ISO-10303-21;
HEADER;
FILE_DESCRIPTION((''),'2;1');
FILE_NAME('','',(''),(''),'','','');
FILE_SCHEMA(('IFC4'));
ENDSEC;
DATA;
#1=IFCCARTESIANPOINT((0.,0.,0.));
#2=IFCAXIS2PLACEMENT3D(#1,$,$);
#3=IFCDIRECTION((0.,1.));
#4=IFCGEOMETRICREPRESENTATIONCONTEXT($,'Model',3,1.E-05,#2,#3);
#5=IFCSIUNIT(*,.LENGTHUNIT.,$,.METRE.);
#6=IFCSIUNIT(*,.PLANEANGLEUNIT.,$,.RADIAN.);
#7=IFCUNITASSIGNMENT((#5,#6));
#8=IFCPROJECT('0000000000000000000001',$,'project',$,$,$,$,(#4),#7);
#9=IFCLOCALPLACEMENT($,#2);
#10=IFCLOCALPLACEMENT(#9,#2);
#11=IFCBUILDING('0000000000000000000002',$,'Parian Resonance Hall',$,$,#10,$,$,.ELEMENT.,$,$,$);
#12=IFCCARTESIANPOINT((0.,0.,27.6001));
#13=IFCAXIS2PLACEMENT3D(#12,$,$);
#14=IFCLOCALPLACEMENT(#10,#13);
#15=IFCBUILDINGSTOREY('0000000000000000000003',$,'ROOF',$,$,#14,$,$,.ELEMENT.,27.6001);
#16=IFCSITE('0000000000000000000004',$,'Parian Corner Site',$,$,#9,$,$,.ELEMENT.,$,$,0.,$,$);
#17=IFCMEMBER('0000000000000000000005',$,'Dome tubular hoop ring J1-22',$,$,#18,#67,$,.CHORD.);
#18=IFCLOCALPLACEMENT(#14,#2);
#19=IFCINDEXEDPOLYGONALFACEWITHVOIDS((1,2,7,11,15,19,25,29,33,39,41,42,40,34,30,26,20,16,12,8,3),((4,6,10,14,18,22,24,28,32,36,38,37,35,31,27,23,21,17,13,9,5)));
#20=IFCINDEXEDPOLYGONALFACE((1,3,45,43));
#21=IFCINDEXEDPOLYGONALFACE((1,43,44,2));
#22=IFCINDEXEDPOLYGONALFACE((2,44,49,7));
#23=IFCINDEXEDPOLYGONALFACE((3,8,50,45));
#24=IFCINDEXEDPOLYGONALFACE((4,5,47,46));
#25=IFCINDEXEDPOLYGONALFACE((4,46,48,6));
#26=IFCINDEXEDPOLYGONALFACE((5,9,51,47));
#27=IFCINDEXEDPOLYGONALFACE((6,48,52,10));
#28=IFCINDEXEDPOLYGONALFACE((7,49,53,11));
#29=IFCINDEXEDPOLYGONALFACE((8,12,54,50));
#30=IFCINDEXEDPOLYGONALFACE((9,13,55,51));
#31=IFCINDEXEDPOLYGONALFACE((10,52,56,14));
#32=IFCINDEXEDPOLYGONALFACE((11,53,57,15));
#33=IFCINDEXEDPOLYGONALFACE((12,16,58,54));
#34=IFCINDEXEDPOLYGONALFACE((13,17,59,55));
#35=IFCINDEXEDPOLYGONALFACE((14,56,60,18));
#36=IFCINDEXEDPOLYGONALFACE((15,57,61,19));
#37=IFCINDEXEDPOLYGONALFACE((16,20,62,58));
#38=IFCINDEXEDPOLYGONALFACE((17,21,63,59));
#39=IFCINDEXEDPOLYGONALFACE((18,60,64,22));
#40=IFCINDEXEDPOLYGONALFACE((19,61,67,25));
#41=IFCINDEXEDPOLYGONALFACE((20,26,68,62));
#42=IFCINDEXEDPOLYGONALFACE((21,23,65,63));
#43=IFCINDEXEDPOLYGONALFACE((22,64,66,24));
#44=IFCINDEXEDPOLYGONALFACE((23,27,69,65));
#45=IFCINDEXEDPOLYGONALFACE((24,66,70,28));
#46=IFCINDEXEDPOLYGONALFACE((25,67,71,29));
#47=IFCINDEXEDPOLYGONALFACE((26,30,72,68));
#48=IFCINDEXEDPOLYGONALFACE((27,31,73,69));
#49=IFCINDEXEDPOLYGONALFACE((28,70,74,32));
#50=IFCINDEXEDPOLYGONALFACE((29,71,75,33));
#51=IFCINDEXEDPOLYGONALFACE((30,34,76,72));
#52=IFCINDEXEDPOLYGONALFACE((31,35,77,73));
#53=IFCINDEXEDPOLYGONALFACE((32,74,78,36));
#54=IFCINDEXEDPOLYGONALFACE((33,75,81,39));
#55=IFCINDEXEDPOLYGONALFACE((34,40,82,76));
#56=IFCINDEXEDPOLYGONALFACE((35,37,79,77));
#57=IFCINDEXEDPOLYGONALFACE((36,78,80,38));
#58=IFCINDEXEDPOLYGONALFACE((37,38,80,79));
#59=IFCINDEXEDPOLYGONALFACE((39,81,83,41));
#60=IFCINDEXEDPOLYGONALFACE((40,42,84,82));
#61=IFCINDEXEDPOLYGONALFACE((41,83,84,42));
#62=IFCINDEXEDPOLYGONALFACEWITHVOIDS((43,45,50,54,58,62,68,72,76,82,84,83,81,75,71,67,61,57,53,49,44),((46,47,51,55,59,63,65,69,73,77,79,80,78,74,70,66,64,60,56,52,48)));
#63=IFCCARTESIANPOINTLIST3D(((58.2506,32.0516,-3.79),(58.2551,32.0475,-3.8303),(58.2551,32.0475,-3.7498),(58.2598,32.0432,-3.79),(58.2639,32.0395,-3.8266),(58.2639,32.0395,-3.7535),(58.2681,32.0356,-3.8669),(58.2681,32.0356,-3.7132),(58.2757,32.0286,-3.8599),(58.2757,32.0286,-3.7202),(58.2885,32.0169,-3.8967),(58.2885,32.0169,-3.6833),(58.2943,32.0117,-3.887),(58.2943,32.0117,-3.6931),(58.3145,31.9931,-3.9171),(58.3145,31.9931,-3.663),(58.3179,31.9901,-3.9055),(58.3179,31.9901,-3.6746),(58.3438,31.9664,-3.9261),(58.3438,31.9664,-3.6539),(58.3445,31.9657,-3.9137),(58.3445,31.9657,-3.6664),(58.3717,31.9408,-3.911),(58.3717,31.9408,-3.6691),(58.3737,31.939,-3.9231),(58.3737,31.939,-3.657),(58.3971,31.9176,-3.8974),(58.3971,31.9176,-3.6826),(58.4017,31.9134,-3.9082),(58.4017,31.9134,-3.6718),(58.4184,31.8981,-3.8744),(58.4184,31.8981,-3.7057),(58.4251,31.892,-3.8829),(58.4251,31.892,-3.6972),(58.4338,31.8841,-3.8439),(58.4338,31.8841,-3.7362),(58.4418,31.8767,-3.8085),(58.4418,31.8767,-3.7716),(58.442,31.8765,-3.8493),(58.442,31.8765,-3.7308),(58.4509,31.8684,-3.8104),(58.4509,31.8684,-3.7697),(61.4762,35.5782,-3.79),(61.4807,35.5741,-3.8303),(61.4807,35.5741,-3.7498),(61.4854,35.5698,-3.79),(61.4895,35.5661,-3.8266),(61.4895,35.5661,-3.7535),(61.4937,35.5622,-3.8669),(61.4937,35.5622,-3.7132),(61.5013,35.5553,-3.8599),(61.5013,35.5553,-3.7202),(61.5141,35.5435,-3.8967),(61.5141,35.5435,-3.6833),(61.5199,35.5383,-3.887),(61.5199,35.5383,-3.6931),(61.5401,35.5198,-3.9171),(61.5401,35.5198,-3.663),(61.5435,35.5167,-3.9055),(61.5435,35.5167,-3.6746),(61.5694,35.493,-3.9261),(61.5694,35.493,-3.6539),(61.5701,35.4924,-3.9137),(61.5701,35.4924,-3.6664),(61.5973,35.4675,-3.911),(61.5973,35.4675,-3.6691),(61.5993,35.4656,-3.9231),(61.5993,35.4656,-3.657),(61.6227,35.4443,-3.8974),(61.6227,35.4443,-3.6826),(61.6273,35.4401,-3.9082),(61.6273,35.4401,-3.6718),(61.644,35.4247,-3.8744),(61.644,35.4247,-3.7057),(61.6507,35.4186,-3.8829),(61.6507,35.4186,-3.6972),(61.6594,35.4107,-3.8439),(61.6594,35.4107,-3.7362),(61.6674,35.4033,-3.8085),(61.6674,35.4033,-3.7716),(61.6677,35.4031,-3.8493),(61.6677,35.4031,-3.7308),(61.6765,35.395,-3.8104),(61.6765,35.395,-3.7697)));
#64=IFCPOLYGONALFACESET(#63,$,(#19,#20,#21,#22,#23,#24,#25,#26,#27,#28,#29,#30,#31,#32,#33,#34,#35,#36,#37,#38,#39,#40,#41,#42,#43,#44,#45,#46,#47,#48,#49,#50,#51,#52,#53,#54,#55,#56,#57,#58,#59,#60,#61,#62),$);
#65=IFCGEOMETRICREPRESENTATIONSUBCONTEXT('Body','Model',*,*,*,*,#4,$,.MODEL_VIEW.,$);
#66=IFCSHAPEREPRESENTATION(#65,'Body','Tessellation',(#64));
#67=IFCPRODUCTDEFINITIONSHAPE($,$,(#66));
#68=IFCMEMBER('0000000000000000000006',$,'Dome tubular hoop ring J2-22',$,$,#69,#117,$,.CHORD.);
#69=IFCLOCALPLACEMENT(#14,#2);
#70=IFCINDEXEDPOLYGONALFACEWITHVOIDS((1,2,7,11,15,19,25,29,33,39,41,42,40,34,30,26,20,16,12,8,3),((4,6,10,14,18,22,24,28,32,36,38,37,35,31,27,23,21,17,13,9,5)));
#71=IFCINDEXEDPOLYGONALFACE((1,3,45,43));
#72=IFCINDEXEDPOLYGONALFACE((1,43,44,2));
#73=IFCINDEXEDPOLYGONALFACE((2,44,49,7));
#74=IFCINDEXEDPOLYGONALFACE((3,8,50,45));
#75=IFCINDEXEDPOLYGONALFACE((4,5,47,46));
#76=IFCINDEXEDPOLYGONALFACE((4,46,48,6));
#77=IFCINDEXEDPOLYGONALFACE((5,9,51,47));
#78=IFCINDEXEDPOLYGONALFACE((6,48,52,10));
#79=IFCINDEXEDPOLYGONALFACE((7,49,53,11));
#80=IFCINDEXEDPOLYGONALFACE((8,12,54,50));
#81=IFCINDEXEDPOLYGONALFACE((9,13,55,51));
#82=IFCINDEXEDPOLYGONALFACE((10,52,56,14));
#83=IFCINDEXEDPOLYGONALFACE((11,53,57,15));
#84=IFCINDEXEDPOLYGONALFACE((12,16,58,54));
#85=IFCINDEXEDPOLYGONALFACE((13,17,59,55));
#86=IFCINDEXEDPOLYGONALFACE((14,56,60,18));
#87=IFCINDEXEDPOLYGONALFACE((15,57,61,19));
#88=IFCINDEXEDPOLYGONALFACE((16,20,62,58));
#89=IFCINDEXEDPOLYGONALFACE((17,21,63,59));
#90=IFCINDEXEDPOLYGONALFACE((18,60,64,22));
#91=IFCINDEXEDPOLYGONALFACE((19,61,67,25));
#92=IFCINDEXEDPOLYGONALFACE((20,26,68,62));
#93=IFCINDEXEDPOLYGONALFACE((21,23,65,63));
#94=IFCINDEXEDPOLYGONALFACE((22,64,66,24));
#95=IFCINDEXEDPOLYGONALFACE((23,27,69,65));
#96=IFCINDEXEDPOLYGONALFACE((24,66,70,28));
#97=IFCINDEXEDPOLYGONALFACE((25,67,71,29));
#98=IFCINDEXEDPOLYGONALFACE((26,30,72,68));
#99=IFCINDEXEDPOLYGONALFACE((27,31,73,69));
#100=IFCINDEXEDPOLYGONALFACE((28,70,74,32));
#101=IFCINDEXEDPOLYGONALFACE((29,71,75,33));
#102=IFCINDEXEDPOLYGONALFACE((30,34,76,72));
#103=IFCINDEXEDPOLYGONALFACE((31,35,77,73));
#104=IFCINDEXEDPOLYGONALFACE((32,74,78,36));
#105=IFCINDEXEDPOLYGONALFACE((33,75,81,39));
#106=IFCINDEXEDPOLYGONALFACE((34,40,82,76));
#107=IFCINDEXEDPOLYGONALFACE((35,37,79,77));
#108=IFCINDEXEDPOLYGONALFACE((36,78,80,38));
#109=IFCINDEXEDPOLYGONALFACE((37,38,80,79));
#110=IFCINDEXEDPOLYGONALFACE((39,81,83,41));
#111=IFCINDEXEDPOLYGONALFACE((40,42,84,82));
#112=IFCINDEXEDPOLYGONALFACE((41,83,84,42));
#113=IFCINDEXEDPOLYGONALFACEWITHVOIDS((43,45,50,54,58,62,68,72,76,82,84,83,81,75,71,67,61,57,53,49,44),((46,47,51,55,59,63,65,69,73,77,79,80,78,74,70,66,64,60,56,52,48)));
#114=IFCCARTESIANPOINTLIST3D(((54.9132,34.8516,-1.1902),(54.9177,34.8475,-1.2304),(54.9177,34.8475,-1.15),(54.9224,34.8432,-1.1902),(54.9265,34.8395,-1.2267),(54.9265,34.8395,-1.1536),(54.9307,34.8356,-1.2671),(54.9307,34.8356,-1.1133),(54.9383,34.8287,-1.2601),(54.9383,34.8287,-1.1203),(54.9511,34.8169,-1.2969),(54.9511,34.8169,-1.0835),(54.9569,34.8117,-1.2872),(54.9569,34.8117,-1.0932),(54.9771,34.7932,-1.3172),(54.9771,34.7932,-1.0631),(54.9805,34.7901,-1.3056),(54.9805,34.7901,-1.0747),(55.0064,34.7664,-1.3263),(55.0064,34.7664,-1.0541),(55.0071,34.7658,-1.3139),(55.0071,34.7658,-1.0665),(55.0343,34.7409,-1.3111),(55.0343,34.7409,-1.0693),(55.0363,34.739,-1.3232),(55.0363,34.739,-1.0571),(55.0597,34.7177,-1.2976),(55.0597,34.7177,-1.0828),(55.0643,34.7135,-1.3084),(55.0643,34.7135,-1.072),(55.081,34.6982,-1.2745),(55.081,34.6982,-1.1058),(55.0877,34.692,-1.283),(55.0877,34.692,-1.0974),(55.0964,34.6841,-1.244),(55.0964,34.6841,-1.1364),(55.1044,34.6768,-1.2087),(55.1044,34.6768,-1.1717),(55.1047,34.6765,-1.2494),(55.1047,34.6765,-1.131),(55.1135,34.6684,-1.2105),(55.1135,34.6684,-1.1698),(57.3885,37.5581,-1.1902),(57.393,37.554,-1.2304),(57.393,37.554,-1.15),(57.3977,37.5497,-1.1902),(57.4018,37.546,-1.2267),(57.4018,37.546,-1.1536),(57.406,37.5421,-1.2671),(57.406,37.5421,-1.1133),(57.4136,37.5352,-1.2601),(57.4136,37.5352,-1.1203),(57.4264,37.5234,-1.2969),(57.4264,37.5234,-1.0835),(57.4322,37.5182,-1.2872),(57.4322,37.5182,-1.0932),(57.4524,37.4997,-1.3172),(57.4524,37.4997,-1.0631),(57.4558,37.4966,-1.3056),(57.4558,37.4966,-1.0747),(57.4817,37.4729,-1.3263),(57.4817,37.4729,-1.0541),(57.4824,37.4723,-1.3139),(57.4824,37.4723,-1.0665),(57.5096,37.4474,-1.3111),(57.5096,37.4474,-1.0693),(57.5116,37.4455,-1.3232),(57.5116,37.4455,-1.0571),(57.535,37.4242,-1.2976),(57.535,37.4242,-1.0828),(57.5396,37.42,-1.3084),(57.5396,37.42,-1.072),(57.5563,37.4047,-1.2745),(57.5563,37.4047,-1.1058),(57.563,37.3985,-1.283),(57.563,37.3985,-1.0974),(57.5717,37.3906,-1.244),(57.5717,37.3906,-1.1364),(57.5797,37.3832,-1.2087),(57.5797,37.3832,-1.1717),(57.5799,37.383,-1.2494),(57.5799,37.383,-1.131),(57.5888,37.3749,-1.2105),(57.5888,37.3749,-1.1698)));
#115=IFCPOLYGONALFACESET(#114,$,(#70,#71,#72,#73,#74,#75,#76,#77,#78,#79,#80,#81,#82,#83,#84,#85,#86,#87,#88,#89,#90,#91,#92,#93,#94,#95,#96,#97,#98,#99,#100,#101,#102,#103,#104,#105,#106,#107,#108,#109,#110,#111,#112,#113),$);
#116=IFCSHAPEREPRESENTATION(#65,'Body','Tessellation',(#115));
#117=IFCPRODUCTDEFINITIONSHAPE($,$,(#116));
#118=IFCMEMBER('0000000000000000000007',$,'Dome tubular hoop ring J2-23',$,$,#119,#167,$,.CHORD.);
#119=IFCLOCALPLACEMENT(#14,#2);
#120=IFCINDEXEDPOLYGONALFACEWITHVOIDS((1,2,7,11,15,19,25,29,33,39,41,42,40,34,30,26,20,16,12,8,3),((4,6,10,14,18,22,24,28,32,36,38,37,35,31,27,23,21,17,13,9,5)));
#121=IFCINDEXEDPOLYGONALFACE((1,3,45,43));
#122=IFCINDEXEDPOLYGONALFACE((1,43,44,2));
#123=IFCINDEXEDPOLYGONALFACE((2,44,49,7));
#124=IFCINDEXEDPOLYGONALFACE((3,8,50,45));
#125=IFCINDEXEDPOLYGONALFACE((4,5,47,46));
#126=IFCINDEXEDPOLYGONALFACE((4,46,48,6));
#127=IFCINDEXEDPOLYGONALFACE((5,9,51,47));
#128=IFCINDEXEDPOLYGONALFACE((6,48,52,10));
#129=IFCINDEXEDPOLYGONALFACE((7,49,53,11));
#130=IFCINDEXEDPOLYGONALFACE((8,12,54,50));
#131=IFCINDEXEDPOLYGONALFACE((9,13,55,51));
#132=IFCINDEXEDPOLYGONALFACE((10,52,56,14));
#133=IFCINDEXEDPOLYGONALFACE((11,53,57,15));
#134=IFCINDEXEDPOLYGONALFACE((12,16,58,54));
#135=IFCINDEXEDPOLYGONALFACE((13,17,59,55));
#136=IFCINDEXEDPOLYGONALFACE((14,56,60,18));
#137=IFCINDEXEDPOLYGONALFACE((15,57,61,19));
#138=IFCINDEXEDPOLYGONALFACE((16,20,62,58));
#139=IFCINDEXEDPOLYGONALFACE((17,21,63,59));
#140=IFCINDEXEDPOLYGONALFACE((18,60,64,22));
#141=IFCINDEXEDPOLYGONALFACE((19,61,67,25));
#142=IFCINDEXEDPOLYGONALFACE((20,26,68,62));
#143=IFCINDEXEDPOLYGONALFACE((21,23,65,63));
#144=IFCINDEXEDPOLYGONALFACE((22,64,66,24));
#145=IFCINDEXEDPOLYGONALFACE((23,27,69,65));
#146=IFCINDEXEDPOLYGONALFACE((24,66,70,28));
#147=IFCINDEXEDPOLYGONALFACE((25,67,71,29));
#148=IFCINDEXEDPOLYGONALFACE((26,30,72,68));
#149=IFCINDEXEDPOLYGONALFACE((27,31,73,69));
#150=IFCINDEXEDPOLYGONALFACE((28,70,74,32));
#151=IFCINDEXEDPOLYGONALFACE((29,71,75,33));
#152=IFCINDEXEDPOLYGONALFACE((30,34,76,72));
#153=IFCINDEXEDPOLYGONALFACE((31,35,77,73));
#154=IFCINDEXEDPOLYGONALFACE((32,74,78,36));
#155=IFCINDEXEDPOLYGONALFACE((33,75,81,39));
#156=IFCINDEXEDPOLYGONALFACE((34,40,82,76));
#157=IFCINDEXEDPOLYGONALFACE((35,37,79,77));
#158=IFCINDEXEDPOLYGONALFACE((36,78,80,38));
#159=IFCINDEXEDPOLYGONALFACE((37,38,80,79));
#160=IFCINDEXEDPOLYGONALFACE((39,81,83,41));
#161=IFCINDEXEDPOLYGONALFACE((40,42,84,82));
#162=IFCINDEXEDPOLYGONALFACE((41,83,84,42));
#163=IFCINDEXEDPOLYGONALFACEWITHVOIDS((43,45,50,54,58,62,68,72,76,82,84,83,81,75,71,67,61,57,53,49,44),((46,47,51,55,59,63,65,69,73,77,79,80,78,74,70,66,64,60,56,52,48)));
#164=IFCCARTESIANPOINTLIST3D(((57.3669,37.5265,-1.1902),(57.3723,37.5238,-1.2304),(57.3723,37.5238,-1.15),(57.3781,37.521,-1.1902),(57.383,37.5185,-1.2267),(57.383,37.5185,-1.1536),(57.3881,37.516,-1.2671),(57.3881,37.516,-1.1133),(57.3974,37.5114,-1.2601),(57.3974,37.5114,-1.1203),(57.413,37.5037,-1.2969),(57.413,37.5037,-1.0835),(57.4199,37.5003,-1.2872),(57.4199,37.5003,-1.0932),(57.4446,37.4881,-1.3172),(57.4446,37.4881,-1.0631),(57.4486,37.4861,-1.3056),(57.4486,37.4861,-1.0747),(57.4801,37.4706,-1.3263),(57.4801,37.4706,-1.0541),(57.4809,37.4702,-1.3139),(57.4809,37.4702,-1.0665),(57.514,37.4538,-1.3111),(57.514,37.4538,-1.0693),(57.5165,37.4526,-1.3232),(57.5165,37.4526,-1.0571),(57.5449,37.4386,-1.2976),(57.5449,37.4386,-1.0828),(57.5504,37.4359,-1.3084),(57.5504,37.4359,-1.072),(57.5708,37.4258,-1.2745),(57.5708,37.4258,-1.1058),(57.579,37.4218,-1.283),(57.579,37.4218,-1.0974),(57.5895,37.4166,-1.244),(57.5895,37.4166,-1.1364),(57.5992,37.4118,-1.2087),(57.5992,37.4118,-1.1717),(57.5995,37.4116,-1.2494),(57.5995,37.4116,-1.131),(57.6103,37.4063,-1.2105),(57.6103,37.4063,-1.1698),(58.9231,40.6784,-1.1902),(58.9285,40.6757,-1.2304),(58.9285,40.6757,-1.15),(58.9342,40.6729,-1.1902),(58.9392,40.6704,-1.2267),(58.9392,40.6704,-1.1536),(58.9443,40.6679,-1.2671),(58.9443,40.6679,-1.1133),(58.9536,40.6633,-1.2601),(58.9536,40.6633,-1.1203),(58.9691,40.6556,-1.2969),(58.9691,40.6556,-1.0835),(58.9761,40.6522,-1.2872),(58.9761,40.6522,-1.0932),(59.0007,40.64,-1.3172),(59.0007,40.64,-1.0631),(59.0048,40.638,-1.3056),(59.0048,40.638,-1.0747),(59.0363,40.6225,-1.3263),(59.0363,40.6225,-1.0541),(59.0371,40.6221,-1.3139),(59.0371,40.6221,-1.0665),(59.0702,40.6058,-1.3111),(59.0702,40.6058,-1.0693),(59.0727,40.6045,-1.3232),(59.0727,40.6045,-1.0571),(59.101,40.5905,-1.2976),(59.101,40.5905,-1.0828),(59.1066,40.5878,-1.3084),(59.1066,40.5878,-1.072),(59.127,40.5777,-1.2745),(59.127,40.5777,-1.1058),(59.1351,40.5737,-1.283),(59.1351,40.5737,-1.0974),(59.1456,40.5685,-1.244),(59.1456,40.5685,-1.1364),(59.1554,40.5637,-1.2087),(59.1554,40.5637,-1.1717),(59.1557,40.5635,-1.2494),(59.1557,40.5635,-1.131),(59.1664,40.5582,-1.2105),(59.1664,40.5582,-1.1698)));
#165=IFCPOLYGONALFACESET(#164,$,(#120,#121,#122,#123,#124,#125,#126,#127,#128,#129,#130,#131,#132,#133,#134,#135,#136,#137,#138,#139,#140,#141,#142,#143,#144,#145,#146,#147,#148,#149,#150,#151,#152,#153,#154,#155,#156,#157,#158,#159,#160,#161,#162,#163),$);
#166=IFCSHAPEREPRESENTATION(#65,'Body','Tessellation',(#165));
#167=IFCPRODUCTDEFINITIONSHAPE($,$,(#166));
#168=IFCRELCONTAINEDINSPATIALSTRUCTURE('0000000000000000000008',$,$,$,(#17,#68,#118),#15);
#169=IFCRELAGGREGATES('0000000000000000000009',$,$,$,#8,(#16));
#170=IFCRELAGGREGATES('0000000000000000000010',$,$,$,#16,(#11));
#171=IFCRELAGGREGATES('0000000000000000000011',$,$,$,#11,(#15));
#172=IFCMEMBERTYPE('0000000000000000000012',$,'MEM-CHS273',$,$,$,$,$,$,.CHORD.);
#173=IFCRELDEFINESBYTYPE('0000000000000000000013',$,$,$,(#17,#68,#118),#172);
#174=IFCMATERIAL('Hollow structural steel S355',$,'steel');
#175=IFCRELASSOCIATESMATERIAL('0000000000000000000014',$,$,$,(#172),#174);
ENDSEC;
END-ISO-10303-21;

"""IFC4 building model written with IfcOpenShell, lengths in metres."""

from ifc_helpers import new_model, si_unit, direction, frame, origin, origin_2d, place, context, subcontext, project, spatial, hollow_circle, extrude, material, material_profile, profile_set, type_object, element, save


model = new_model("IFC4")

# Units and contexts
model_context = context("Model", 3, precision=1e-05, world=origin(), true_north=direction((0.0, 1.0)))
body_context = subcontext(model_context, "Body", "Model", "MODEL_VIEW")
ifc_project = project(units=[si_unit("LENGTHUNIT", "METRE"), si_unit("PLANEANGLEUNIT", "RADIAN")], contexts=[model_context])

# Site, building, storey
site_placement = place(None, origin())
site = spatial("IfcSite", under=ifc_project, at=site_placement, Name="Parian Corner Site", CompositionType="ELEMENT", RefElevation=0.0)
building_placement = place(site_placement, origin())
building = spatial("IfcBuilding", under=site, at=building_placement, Name="Parian Resonance Hall", CompositionType="ELEMENT")
storey_placement = place(building_placement, frame((0.0, 0.0, 27.6001)))
storey = spatial("IfcBuildingStorey", under=building, at=storey_placement, Name="ROOF", CompositionType="ELEMENT", Elevation=27.6001)

# Members
ifc_material_1 = material(Name="Hollow structural steel S355", Category="steel")
ifc_material_profile_1 = material_profile(ifc_material_1, hollow_circle(Radius=0.1365, WallThickness=0.0125, at=origin_2d()), Name="CHS273x12.5")
ifc_profile_set_1 = profile_set([ifc_material_profile_1], Name="Hollow structural steel S355")
member_type_1 = type_object("IfcMemberType", Name="MEM-CHS273", PredefinedType="CHORD", material=ifc_profile_set_1)
member_1_placement = place(storey_placement, frame((58.3513, 31.9595, -3.79), z_axis=(0.674912, 0.737898, 0.0), x_axis=(-0.737898, 0.674912, 0.0)))
element("IfcMember", 1, at=member_1_placement, inside=storey, type_object=member_type_1, Name="Dome tubular hoop ring J1-22", PredefinedType="CHORD", context=body_context, shape_type="SweptSolid", body=[
    extrude(hollow_circle(Radius=0.1365, WallThickness=0.0125, at=origin_2d()), origin(), (0.0, 0.0, 1.0), 4.7793),
])
member_2_placement = place(storey_placement, frame((55.0139, 34.7595, -1.1902), z_axis=(0.674886, 0.737922, 0.0), x_axis=(-0.737922, 0.674886, 0.0)))
element("IfcMember", 2, at=member_2_placement, inside=storey, type_object=member_type_1, Name="Dome tubular hoop ring J2-22", PredefinedType="CHORD", context=body_context, shape_type="SweptSolid", body=[
    extrude(hollow_circle(Radius=0.1365, WallThickness=0.0125, at=origin_2d()), origin(), (0.0, 0.0, 1.0), 3.6677),
])
member_3_placement = place(storey_placement, frame((57.4893, 37.4661, -1.1902), z_axis=(0.442707, 0.896666, 0.0), x_axis=(-0.896666, 0.442707, 0.0)))
element("IfcMember", 3, at=member_3_placement, inside=storey, type_object=member_type_1, Name="Dome tubular hoop ring J2-23", PredefinedType="CHORD", context=body_context, shape_type="SweptSolid", body=[
    extrude(hollow_circle(Radius=0.1365, WallThickness=0.0125, at=origin_2d()), origin(), (0.0, 0.0, 1.0), 3.5151),
])

save(model, "model.ifc")
